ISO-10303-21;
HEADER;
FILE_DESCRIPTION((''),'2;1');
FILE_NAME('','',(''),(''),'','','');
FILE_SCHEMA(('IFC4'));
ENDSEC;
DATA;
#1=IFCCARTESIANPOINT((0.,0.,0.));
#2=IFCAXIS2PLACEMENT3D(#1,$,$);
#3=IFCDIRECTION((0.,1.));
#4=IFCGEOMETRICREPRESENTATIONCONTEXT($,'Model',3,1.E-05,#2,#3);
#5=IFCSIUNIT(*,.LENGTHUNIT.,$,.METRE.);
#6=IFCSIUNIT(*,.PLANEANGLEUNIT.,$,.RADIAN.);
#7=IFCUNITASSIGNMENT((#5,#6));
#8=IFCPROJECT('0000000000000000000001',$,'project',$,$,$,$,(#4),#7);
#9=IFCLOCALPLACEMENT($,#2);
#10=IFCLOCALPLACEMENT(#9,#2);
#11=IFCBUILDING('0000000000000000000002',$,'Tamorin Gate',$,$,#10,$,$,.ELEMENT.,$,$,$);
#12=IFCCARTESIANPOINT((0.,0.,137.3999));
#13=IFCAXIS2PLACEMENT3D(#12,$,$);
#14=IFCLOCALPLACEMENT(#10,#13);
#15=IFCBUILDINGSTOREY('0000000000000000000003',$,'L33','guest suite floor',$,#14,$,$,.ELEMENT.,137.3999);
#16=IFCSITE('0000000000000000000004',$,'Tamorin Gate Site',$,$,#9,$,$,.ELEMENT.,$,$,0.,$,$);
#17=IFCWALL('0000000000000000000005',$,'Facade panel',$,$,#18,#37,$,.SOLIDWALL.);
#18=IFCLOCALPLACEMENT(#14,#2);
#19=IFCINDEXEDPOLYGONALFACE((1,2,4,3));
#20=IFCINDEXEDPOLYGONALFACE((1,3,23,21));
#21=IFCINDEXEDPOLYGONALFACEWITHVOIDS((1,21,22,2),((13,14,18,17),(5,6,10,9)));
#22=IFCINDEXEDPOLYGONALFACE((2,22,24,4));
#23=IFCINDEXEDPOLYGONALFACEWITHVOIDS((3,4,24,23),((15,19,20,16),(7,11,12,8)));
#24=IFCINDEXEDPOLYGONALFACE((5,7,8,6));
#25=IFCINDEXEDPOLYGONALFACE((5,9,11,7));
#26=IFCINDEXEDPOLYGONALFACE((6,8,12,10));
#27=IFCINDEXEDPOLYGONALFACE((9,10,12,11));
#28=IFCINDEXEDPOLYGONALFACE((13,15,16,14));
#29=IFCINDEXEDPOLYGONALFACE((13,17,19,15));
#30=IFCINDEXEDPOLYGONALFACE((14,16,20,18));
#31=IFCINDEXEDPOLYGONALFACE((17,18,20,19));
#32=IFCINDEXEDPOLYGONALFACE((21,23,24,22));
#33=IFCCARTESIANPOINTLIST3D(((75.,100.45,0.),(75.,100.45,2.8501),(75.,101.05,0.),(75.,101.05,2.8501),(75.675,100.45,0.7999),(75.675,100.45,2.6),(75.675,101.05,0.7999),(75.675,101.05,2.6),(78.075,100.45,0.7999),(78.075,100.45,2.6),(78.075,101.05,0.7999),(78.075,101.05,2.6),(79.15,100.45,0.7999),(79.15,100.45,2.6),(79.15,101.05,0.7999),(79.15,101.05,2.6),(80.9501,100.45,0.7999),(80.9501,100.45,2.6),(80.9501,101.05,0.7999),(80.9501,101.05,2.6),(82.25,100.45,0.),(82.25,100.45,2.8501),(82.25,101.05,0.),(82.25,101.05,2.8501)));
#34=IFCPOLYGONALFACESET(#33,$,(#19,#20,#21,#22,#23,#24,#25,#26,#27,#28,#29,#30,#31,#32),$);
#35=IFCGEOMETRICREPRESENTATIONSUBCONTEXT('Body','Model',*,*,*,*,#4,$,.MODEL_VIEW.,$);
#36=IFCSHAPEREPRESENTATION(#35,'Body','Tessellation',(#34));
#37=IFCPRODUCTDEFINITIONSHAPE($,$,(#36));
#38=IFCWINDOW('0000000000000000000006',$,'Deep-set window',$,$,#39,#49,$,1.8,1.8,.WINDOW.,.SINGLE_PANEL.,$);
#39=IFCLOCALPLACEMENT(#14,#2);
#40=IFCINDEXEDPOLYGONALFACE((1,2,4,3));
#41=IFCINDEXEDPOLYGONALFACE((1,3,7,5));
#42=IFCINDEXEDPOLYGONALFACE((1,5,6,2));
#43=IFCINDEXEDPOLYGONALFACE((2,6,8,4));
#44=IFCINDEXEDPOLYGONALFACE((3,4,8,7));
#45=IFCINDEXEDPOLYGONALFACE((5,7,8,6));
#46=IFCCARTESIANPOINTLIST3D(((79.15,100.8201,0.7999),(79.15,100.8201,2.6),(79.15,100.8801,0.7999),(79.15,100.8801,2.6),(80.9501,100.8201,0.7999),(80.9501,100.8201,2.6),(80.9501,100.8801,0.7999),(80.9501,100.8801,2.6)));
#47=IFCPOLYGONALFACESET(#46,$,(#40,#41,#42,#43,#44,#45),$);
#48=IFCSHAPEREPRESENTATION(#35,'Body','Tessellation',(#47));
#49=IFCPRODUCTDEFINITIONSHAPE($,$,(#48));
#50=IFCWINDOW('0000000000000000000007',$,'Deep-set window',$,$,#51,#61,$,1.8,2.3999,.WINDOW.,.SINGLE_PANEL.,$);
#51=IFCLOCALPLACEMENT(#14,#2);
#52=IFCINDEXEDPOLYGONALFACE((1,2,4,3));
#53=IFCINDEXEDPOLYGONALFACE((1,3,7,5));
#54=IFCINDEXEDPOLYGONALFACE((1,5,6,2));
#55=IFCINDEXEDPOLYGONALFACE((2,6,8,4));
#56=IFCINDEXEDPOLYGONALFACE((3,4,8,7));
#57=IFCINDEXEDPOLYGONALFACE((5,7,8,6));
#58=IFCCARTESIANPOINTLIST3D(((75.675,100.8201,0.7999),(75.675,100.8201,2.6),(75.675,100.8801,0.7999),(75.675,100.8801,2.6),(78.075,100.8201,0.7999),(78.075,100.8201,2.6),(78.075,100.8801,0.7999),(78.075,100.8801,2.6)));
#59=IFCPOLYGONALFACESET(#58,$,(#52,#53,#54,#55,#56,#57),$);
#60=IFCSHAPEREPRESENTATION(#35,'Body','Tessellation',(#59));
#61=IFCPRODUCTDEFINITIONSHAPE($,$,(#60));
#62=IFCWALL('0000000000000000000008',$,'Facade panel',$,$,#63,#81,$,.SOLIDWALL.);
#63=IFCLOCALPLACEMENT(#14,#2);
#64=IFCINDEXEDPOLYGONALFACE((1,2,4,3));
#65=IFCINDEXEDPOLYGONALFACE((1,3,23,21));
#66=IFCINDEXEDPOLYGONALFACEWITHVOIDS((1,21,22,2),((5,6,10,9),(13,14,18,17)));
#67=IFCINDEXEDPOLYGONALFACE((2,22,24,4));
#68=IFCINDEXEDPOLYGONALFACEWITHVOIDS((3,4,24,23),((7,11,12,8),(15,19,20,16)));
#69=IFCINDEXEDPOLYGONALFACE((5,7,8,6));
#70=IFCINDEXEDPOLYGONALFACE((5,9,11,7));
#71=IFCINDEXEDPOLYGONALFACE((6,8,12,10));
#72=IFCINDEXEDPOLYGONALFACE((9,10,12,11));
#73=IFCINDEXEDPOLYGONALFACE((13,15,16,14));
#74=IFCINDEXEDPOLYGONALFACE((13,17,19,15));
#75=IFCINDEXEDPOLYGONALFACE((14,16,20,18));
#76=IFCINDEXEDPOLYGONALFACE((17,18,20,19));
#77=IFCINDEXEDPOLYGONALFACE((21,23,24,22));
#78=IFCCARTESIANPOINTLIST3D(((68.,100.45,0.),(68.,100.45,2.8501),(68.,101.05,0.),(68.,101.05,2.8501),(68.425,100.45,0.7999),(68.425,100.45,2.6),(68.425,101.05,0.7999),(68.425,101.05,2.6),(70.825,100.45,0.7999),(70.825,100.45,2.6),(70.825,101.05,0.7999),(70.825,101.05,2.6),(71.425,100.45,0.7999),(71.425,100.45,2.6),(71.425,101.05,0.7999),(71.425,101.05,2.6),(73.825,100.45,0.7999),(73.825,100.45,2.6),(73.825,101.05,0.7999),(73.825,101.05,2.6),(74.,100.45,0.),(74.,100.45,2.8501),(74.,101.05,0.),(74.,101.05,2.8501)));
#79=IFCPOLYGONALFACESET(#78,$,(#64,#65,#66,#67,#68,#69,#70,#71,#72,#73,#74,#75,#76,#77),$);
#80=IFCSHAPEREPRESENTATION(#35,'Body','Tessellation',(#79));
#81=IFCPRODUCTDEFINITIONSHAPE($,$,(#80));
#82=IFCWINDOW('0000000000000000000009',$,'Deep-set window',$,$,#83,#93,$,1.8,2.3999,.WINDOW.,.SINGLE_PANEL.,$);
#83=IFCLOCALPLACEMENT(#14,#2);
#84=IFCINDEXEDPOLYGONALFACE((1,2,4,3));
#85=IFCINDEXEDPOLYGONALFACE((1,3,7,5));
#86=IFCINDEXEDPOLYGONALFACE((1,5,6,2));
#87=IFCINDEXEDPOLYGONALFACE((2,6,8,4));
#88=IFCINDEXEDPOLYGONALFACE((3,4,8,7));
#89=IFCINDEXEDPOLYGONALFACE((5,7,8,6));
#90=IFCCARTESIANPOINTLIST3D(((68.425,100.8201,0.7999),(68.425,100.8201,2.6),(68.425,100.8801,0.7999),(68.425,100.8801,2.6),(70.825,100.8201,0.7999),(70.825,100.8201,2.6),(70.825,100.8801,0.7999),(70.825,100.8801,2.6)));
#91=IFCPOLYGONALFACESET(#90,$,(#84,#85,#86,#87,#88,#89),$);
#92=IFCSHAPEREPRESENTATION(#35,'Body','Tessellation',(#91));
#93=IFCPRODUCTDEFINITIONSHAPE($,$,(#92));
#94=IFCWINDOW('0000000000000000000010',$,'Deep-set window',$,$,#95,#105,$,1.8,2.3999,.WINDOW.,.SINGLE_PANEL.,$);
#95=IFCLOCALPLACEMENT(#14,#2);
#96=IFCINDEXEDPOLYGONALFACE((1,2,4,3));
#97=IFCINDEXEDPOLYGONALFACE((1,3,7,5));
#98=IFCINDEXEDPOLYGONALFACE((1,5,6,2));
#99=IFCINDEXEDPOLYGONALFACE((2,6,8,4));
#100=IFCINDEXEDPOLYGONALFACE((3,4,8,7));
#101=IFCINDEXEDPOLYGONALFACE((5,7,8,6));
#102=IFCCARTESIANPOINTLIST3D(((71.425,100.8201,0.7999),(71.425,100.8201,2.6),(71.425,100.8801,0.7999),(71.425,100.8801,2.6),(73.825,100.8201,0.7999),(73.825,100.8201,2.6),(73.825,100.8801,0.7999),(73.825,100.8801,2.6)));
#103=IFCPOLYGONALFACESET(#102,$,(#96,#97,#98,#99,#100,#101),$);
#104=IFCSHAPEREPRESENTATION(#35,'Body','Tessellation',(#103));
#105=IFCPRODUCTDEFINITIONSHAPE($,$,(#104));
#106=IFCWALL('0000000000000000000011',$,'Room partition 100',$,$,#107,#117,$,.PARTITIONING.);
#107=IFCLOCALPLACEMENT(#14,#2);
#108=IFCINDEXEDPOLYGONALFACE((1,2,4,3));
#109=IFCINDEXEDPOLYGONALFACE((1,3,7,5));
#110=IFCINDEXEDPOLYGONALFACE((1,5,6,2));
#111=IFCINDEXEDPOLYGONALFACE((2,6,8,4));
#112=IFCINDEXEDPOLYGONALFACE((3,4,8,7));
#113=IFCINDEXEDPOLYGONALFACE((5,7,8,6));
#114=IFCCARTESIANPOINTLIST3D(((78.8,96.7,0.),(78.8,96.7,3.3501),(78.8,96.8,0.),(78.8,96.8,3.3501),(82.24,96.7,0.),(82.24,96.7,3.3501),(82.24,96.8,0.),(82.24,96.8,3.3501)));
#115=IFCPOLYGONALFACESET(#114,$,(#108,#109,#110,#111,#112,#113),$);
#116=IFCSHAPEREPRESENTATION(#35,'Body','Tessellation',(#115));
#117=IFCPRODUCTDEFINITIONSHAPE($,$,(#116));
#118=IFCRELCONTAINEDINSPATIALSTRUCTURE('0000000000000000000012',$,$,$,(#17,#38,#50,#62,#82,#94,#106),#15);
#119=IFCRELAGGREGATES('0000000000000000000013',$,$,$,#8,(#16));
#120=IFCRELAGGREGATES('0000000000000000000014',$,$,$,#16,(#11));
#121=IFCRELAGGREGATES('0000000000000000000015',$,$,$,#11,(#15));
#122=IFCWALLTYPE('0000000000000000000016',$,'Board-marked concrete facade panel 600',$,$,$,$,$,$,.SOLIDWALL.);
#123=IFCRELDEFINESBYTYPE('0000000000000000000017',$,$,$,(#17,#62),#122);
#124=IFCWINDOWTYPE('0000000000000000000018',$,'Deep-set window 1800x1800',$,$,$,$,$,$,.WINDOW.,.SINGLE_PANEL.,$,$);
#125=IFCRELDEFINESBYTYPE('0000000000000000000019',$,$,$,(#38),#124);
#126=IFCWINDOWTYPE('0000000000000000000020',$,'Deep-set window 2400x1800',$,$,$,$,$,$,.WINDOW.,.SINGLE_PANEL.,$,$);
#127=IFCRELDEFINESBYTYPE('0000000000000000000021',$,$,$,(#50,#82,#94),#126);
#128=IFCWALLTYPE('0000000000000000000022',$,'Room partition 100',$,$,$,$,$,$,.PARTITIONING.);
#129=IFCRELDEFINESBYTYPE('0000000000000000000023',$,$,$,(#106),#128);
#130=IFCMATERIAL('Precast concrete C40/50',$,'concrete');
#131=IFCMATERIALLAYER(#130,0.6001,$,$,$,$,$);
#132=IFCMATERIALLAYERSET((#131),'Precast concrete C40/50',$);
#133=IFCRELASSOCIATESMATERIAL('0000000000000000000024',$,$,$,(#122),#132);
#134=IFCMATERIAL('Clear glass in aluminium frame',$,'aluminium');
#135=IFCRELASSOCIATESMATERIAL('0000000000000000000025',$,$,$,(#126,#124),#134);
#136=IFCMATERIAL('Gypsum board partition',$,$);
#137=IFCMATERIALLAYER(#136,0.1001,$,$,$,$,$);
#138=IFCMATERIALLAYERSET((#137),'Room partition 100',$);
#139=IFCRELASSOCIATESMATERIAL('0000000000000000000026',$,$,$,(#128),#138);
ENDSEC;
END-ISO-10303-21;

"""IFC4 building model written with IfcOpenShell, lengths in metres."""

from ifc_helpers import new_model, si_unit, direction, frame, frame_2d, origin, place, context, subcontext, project, spatial, rectangle, extrude, material, layer, layer_set, type_object, element, fill, save


model = new_model("IFC4")

# Units and contexts
model_context = context("Model", 3, precision=1e-05, world=origin(), true_north=direction((0.0, 1.0)))
body_context = subcontext(model_context, "Body", "Model", "MODEL_VIEW")
ifc_project = project(units=[si_unit("LENGTHUNIT", "METRE"), si_unit("PLANEANGLEUNIT", "RADIAN")], contexts=[model_context])

# Site, building, storey
site_placement = place(None, origin())
site = spatial("IfcSite", under=ifc_project, at=site_placement, Name="Tamorin Gate Site", CompositionType="ELEMENT", RefElevation=0.0)
building_placement = place(site_placement, origin())
building = spatial("IfcBuilding", under=site, at=building_placement, Name="Tamorin Gate", CompositionType="ELEMENT")
storey_placement = place(building_placement, frame((0.0, 0.0, 137.3999)))
storey = spatial("IfcBuildingStorey", under=building, at=storey_placement, Name="L33", Description="guest suite floor", CompositionType="ELEMENT", Elevation=137.3999)

# Shared definitions
ifc_material_1 = material(Name="Precast concrete C40/50", Category="concrete")
ifc_layer_1 = layer(ifc_material_1, 0.6001)
ifc_layer_set_1 = layer_set([ifc_layer_1], Name="Precast concrete C40/50")
wall_type_1 = type_object("IfcWallType", Name="Board-marked concrete facade panel 600", PredefinedType="SOLIDWALL", material=ifc_layer_set_1)
ifc_material_2 = material(Name="Clear glass in aluminium frame", Category="aluminium")
window_type_1 = type_object("IfcWindowType", Name="Deep-set window 2400x1800", PartitioningType="SINGLE_PANEL", PredefinedType="WINDOW", material=ifc_material_2)

# Walls, openings, windows
wall_1_placement = place(storey_placement, frame((82.25, 100.75, 0.0), z_axis=(0.0, 0.0, 1.0), x_axis=(-1.0, 0.0, 0.0)))
wall_1 = element("IfcWall", 1, at=wall_1_placement, inside=storey, type_object=wall_type_1, Name="Facade panel", PredefinedType="SOLIDWALL", context=body_context, shape_type="SweptSolid", body=[
    extrude(rectangle(XDim=7.25, YDim=0.6001, at=frame_2d((3.625, 0.0))), origin(), (0.0, 0.0, 1.0), 2.8501),
])
opening_1_placement = place(wall_1_placement, frame((4.175, 0.0, 0.8)))
opening_1 = element("IfcOpeningElement", 2, at=opening_1_placement, cuts=wall_1, PredefinedType="OPENING", context=body_context, shape_type="SweptSolid", body=[
    extrude(rectangle(XDim=2.3999, YDim=1.8, at=frame_2d((1.2, 0.8999))), frame((0.0, 0.3101, 0.0), z_axis=(0.0, -1.0, 0.0), x_axis=(1.0, 0.0, 0.0)), (0.0, 0.0, 1.0), 0.6201),
])
opening_2_placement = place(wall_1_placement, frame((1.3, 0.0, 0.8)))
opening_2 = element("IfcOpeningElement", 3, at=opening_2_placement, cuts=wall_1, PredefinedType="OPENING", context=body_context, shape_type="SweptSolid", body=[
    extrude(rectangle(XDim=1.8, YDim=1.8, at=frame_2d((0.8999, 0.8999))), frame((0.0, 0.3101, 0.0), z_axis=(0.0, -1.0, 0.0), x_axis=(1.0, 0.0, 0.0)), (0.0, 0.0, 1.0), 0.6201),
])
window_type_2 = type_object("IfcWindowType", Name="Deep-set window 1800x1800", PartitioningType="SINGLE_PANEL", PredefinedType="WINDOW", material=ifc_material_2)
window_1_placement = place(opening_2_placement, origin())
window_1 = element("IfcWindow", 4, at=window_1_placement, inside=storey, type_object=window_type_2, Name="Deep-set window", OverallHeight=1.8, OverallWidth=1.8, PartitioningType="SINGLE_PANEL", PredefinedType="WINDOW", context=body_context, shape_type="SweptSolid", body=[
    extrude(rectangle(XDim=1.8, YDim=1.8, at=frame_2d((0.8999, 0.8999))), frame((0.0, -0.0701, 0.0), z_axis=(0.0, -1.0, 0.0), x_axis=(1.0, 0.0, 0.0)), (0.0, 0.0, 1.0), 0.0601),
])
fill(opening_2, window_1)
window_2_placement = place(opening_1_placement, origin())
window_2 = element("IfcWindow", 5, at=window_2_placement, inside=storey, type_object=window_type_1, Name="Deep-set window", OverallHeight=1.8, OverallWidth=2.3999, PartitioningType="SINGLE_PANEL", PredefinedType="WINDOW", context=body_context, shape_type="SweptSolid", body=[
    extrude(rectangle(XDim=2.3999, YDim=1.8, at=frame_2d((1.2, 0.8999))), frame((0.0, -0.0701, 0.0), z_axis=(0.0, -1.0, 0.0), x_axis=(1.0, 0.0, 0.0)), (0.0, 0.0, 1.0), 0.0601),
])
fill(opening_1, window_2)
wall_2_placement = place(storey_placement, frame((74.0, 100.75, 0.0), z_axis=(0.0, 0.0, 1.0), x_axis=(-1.0, 0.0, 0.0)))
wall_2 = element("IfcWall", 6, at=wall_2_placement, inside=storey, type_object=wall_type_1, Name="Facade panel", PredefinedType="SOLIDWALL", context=body_context, shape_type="SweptSolid", body=[
    extrude(rectangle(XDim=6.0, YDim=0.6001, at=frame_2d((3.0, 0.0))), origin(), (0.0, 0.0, 1.0), 2.8501),
])
opening_3_placement = place(wall_2_placement, frame((3.175, 0.0, 0.8)))
opening_3 = element("IfcOpeningElement", 7, at=opening_3_placement, cuts=wall_2, PredefinedType="OPENING", context=body_context, shape_type="SweptSolid", body=[
    extrude(rectangle(XDim=2.3999, YDim=1.8, at=frame_2d((1.2, 0.8999))), frame((0.0, 0.3101, 0.0), z_axis=(0.0, -1.0, 0.0), x_axis=(1.0, 0.0, 0.0)), (0.0, 0.0, 1.0), 0.6201),
])
opening_4_placement = place(wall_2_placement, frame((0.175, 0.0, 0.8)))
opening_4 = element("IfcOpeningElement", 8, at=opening_4_placement, cuts=wall_2, PredefinedType="OPENING", context=body_context, shape_type="SweptSolid", body=[
    extrude(rectangle(XDim=2.3999, YDim=1.8, at=frame_2d((1.2, 0.8999))), frame((0.0, 0.3101, 0.0), z_axis=(0.0, -1.0, 0.0), x_axis=(1.0, 0.0, 0.0)), (0.0, 0.0, 1.0), 0.6201),
])
window_3_placement = place(opening_3_placement, origin())
window_3 = element("IfcWindow", 9, at=window_3_placement, inside=storey, type_object=window_type_1, Name="Deep-set window", OverallHeight=1.8, OverallWidth=2.3999, PartitioningType="SINGLE_PANEL", PredefinedType="WINDOW", context=body_context, shape_type="SweptSolid", body=[
    extrude(rectangle(XDim=2.3999, YDim=1.8, at=frame_2d((1.2, 0.8999))), frame((0.0, -0.0701, 0.0), z_axis=(0.0, -1.0, 0.0), x_axis=(1.0, 0.0, 0.0)), (0.0, 0.0, 1.0), 0.0601),
])
fill(opening_3, window_3)
window_4_placement = place(opening_4_placement, origin())
window_4 = element("IfcWindow", 10, at=window_4_placement, inside=storey, type_object=window_type_1, Name="Deep-set window", OverallHeight=1.8, OverallWidth=2.3999, PartitioningType="SINGLE_PANEL", PredefinedType="WINDOW", context=body_context, shape_type="SweptSolid", body=[
    extrude(rectangle(XDim=2.3999, YDim=1.8, at=frame_2d((1.2, 0.8999))), frame((0.0, -0.0701, 0.0), z_axis=(0.0, -1.0, 0.0), x_axis=(1.0, 0.0, 0.0)), (0.0, 0.0, 1.0), 0.0601),
])
fill(opening_4, window_4)

# Wall
ifc_material_3 = material(Name="Gypsum board partition")
ifc_layer_2 = layer(ifc_material_3, 0.1001)
ifc_layer_set_2 = layer_set([ifc_layer_2], Name="Room partition 100")
wall_type_2 = type_object("IfcWallType", Name="Room partition 100", PredefinedType="PARTITIONING", material=ifc_layer_set_2)
wall_3_placement = place(storey_placement, frame((78.8, 96.75, 0.0), z_axis=(0.0, 0.0, 1.0), x_axis=(1.0, 0.0, 0.0)))
element("IfcWall", 11, at=wall_3_placement, inside=storey, type_object=wall_type_2, Name="Room partition 100", PredefinedType="PARTITIONING", context=body_context, shape_type="SweptSolid", body=[
    extrude(rectangle(XDim=3.4399, YDim=0.1001, at=frame_2d((1.72, 0.0))), origin(), (0.0, 0.0, 1.0), 3.3501),
])

save(model, "model.ifc")
